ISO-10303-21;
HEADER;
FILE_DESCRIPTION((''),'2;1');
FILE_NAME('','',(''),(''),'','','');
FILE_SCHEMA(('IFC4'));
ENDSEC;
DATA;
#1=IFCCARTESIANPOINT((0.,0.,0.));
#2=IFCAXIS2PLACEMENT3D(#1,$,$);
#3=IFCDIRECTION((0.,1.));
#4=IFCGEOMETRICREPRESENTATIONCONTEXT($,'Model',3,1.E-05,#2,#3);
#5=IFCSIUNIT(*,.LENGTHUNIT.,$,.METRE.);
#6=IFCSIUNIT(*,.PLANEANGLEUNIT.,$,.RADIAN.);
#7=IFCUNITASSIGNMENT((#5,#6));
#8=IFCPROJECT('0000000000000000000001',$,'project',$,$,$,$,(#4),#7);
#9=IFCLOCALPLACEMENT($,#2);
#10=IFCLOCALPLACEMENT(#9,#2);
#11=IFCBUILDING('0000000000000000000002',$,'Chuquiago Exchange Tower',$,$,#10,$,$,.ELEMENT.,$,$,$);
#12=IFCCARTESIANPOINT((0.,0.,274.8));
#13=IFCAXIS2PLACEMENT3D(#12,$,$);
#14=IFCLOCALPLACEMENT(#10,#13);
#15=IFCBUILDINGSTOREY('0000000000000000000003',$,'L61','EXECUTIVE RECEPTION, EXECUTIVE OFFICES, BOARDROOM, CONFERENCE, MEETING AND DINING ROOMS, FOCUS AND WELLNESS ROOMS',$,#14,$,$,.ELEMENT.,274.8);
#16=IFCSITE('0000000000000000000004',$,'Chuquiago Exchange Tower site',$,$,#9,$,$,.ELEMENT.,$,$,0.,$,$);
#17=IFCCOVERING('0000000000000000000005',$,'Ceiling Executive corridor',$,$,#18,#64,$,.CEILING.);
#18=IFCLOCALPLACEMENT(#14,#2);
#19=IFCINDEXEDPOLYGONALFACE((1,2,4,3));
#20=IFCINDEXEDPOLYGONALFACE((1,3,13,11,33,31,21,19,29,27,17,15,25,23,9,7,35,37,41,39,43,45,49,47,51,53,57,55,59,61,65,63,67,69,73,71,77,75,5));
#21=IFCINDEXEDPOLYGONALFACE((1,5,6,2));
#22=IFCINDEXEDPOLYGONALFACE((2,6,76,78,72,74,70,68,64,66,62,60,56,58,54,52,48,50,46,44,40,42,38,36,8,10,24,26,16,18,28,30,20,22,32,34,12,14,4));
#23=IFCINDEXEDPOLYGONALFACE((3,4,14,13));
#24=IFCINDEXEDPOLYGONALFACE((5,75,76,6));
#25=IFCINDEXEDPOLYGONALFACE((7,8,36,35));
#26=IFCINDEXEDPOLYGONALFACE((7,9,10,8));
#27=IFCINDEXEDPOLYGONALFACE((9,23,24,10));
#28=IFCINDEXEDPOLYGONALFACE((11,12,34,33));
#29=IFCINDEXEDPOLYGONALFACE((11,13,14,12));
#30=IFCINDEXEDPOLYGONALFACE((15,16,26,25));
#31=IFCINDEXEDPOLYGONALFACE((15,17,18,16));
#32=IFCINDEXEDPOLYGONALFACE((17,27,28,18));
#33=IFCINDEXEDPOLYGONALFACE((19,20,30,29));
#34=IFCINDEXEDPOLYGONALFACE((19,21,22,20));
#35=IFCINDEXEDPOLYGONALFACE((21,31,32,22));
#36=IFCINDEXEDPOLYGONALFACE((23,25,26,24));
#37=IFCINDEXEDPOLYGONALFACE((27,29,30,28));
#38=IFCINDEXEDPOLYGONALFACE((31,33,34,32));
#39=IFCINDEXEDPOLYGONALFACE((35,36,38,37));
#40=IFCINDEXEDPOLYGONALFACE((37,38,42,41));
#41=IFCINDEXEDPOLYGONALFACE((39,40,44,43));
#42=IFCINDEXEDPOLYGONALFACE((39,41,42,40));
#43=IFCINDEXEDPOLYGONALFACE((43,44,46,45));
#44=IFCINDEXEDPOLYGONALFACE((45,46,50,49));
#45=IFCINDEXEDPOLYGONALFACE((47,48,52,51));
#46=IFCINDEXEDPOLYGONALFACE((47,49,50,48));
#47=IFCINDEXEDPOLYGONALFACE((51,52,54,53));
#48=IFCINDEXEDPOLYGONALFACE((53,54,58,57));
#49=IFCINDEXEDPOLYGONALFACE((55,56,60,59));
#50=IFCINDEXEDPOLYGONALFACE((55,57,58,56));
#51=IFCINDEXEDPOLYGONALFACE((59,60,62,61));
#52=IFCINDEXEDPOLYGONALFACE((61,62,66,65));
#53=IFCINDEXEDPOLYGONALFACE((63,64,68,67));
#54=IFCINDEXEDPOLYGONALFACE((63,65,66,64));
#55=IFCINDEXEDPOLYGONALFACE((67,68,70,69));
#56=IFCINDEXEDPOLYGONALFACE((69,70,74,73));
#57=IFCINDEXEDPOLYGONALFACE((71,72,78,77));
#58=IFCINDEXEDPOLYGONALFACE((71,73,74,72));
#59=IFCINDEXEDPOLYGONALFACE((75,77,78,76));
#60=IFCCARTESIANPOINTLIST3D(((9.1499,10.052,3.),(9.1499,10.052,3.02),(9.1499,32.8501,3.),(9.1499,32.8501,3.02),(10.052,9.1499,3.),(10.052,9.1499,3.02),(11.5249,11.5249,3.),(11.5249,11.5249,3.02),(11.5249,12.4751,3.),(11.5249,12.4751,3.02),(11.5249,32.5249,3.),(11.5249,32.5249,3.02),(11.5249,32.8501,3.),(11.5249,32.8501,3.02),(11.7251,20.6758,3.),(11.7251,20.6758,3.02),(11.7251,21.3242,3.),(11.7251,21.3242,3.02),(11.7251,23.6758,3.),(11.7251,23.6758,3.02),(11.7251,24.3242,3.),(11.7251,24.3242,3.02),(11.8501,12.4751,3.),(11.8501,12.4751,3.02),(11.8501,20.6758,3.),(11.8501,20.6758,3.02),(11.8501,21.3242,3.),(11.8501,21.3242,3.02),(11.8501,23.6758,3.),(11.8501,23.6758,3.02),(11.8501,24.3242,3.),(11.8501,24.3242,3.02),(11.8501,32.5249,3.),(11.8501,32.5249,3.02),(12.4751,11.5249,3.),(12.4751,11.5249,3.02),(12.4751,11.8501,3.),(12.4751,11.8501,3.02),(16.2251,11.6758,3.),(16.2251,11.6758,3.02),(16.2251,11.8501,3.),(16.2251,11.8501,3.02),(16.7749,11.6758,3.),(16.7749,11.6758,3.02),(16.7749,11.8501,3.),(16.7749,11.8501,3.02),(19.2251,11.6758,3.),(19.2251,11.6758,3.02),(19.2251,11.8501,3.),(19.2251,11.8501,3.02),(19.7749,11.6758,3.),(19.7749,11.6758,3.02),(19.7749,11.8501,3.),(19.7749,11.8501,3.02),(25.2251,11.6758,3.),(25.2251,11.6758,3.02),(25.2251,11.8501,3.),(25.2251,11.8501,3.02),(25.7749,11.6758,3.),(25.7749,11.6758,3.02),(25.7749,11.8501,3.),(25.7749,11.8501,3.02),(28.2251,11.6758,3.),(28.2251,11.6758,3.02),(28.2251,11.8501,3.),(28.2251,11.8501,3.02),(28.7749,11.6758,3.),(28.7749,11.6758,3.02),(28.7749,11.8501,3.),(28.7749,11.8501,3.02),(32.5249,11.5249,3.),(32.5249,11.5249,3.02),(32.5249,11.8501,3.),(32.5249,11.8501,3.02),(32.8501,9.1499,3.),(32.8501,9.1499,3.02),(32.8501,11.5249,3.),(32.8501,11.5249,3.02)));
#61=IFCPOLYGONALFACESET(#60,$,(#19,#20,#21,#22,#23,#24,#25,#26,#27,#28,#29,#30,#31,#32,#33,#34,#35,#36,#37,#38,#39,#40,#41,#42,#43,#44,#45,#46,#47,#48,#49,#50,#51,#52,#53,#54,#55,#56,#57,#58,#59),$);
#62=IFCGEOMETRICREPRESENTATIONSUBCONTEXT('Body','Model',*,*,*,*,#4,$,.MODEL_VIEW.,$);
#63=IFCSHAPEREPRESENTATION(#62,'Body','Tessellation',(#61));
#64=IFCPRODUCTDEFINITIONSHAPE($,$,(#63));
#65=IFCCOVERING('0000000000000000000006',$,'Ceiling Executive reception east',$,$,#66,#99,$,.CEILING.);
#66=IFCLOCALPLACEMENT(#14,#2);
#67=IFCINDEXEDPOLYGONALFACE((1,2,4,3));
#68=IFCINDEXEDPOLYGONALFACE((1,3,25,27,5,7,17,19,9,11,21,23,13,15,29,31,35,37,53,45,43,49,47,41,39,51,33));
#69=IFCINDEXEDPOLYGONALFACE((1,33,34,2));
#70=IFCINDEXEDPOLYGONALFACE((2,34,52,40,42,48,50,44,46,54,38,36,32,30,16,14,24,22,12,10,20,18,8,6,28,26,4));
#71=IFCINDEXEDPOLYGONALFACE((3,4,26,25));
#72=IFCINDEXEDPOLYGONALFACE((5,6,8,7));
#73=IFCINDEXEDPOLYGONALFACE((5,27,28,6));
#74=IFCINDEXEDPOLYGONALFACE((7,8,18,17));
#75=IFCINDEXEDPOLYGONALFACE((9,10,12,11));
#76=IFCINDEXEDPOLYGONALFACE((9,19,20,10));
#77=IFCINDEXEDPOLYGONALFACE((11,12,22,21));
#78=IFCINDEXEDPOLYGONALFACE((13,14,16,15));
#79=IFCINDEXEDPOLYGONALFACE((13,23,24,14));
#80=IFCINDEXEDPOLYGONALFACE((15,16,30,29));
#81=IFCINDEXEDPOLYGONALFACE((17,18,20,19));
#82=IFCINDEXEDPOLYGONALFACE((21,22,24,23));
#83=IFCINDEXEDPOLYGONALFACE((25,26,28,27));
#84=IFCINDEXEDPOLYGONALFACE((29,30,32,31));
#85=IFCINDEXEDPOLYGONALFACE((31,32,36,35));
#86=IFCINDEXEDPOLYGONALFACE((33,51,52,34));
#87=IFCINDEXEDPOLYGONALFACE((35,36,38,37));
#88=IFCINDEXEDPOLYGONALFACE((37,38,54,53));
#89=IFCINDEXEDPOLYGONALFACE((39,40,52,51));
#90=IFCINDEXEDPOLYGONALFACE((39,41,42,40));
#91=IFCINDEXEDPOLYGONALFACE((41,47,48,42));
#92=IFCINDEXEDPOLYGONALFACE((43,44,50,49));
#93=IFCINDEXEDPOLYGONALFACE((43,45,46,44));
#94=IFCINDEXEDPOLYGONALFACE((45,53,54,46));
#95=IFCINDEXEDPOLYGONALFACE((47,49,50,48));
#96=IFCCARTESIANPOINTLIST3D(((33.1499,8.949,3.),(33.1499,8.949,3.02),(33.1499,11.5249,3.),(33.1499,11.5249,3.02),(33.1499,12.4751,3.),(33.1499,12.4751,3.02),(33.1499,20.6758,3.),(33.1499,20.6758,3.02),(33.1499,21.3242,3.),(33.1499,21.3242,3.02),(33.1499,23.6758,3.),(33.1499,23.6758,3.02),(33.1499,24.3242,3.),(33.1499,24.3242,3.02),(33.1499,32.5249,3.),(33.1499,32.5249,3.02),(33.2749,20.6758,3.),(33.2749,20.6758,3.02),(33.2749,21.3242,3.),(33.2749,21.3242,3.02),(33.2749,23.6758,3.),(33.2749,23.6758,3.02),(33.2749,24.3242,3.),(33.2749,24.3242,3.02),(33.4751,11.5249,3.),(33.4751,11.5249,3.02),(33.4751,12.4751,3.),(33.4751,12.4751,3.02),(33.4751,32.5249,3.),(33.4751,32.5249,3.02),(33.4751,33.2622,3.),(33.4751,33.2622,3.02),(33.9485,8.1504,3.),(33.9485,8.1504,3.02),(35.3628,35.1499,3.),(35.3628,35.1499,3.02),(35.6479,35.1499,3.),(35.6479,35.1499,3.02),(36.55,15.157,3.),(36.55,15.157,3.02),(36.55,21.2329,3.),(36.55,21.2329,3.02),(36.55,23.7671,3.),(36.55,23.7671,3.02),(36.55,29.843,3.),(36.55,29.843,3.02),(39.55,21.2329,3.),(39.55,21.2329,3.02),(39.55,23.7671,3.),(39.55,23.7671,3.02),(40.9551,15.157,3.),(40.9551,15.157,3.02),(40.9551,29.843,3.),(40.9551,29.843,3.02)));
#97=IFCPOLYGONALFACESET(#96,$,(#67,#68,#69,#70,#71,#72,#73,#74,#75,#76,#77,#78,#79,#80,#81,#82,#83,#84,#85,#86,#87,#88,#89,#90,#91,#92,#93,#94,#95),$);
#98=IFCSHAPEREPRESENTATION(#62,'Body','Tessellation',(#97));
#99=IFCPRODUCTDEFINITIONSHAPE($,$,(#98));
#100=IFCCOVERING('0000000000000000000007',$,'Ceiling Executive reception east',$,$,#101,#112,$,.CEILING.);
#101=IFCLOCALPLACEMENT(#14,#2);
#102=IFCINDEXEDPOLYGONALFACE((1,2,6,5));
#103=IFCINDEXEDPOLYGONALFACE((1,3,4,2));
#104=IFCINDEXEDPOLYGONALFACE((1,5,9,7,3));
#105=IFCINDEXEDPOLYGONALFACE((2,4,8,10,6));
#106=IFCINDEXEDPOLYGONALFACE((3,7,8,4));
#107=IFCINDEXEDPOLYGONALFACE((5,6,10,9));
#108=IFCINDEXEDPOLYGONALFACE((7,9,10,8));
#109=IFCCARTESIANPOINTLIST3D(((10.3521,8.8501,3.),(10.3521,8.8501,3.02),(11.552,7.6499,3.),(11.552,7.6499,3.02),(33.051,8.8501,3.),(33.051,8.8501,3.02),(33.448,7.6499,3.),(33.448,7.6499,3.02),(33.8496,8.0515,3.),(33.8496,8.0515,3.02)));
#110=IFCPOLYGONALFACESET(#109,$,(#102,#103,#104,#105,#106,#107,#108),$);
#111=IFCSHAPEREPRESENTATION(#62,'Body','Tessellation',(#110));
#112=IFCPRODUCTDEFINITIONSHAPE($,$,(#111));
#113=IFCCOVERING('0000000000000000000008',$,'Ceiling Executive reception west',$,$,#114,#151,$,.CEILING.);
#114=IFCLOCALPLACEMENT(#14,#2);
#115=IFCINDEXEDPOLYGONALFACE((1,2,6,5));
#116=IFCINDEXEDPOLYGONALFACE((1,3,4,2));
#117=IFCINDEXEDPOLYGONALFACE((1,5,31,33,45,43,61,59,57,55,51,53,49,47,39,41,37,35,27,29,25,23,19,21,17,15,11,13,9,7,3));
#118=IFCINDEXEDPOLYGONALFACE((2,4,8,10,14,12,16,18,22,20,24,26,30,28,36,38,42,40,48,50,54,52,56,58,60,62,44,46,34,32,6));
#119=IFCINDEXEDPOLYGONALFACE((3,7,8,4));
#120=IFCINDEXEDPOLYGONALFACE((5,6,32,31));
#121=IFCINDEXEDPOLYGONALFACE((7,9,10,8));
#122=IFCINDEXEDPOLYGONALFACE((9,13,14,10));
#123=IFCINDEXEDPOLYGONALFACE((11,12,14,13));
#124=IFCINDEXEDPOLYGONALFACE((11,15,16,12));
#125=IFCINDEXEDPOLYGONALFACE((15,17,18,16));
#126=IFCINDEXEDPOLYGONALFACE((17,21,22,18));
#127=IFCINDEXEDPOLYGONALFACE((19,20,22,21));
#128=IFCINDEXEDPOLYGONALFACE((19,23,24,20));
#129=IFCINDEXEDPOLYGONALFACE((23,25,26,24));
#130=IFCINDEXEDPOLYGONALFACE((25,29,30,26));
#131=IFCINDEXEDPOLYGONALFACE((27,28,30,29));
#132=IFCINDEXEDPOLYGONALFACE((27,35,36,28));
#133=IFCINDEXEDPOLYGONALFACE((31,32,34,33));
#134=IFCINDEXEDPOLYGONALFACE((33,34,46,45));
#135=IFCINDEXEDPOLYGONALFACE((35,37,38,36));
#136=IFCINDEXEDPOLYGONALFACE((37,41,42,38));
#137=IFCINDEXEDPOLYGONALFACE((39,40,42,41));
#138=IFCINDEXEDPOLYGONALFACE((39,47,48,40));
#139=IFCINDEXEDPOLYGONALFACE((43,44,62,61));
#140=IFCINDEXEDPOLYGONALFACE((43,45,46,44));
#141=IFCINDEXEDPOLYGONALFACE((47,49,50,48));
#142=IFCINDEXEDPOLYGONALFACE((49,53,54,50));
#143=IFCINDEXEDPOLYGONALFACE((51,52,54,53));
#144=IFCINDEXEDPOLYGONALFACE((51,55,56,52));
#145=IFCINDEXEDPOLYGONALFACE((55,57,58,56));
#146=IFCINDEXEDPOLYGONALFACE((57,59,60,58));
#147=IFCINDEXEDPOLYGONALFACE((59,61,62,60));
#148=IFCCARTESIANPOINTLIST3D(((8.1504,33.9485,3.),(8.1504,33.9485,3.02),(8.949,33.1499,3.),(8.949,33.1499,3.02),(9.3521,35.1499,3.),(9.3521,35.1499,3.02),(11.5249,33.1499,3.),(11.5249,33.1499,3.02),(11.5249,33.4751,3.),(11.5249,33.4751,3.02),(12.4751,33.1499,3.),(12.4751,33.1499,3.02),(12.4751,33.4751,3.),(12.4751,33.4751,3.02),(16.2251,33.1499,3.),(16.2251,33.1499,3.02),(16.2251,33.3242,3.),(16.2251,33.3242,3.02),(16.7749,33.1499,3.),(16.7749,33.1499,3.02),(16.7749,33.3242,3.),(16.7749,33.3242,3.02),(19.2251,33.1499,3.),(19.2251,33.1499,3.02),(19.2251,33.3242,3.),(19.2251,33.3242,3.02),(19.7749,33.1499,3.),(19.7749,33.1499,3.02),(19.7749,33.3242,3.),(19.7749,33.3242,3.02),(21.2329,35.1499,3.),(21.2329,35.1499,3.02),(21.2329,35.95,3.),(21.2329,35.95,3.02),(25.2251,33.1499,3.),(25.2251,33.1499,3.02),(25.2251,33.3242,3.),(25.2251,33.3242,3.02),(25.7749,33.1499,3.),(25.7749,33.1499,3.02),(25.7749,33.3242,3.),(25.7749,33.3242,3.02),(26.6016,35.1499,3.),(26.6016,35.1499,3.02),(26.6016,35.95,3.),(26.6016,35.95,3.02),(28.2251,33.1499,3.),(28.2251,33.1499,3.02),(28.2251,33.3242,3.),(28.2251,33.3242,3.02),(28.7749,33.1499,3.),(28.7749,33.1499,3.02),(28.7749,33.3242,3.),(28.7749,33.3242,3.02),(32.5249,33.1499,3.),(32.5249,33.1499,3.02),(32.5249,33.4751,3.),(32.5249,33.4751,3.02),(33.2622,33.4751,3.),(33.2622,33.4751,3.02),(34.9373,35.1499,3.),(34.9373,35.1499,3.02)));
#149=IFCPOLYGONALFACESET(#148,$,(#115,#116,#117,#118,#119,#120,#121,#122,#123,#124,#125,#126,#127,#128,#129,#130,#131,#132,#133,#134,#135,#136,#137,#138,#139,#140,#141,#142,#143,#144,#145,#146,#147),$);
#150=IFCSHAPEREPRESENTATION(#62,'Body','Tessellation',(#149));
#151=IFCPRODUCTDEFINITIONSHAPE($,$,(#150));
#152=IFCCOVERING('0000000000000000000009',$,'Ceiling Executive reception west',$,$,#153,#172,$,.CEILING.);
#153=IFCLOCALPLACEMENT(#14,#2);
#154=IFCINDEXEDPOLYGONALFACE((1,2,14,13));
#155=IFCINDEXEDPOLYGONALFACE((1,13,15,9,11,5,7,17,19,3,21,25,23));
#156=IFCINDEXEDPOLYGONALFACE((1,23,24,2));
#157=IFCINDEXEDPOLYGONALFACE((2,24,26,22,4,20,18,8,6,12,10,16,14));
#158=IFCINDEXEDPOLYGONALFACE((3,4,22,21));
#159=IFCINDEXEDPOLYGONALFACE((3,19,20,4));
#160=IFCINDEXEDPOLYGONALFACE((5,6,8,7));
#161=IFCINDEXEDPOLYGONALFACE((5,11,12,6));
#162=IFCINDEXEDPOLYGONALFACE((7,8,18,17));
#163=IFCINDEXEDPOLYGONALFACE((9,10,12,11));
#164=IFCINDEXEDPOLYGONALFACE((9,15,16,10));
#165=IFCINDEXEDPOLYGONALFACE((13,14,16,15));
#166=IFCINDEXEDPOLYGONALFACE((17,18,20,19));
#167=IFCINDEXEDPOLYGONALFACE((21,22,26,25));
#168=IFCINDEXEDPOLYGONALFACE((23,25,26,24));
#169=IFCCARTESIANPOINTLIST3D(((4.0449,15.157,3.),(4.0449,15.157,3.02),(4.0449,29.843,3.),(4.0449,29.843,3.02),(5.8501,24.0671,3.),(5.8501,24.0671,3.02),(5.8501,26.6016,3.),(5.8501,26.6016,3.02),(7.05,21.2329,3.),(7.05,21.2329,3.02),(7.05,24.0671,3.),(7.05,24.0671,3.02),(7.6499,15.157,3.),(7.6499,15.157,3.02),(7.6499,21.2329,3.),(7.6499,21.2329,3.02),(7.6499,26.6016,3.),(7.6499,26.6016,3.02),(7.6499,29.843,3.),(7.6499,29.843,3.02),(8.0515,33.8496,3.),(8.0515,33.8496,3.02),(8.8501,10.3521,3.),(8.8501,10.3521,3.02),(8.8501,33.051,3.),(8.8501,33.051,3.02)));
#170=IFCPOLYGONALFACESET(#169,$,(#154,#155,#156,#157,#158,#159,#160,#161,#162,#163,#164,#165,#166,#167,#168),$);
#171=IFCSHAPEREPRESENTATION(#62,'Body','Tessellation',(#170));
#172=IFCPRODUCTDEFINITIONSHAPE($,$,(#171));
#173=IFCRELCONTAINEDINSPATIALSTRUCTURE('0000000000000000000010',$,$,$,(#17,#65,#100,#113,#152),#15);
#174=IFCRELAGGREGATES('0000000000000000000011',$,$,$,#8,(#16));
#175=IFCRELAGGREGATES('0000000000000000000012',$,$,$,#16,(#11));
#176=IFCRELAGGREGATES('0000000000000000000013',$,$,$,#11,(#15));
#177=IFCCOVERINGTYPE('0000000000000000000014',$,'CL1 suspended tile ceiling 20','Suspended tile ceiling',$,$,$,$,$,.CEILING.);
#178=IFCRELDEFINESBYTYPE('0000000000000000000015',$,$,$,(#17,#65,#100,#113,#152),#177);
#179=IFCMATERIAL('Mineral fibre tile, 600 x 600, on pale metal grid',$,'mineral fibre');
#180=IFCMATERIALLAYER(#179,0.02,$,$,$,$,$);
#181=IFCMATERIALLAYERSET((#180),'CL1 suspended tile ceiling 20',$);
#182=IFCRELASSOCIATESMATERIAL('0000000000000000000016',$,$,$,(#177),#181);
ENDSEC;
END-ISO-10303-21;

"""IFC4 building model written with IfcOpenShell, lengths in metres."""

from ifc_helpers import new_model, si_unit, direction, frame, origin, place, context, subcontext, project, spatial, polyline, outline, extrude, material, layer, layer_set, type_object, element, save


model = new_model("IFC4")

# Units and contexts
model_context = context("Model", 3, precision=1e-05, world=origin(), true_north=direction((0.0, 1.0)))
body_context = subcontext(model_context, "Body", "Model", "MODEL_VIEW")
ifc_project = project(units=[si_unit("LENGTHUNIT", "METRE"), si_unit("PLANEANGLEUNIT", "RADIAN")], contexts=[model_context])

# Site, building, storey
site_placement = place(None, origin())
site = spatial("IfcSite", under=ifc_project, at=site_placement, Name="Chuquiago Exchange Tower site", CompositionType="ELEMENT", RefElevation=0.0)
building_placement = place(site_placement, origin())
building = spatial("IfcBuilding", under=site, at=building_placement, Name="Chuquiago Exchange Tower", CompositionType="ELEMENT")
storey_placement = place(building_placement, frame((0.0, 0.0, 274.8)))
storey = spatial("IfcBuildingStorey", under=building, at=storey_placement, Name="L61", Description="EXECUTIVE RECEPTION, EXECUTIVE OFFICES, BOARDROOM, CONFERENCE, MEETING AND DINING ROOMS, FOCUS AND WELLNESS ROOMS", CompositionType="ELEMENT", Elevation=274.8)

# Coverings
ifc_material_1 = material(Name="Mineral fibre tile, 600 x 600, on pale metal grid", Category="mineral fibre")
ifc_layer_1 = layer(ifc_material_1, 0.02)
ifc_layer_set_1 = layer_set([ifc_layer_1], Name="CL1 suspended tile ceiling 20")
covering_type_1 = type_object("IfcCoveringType", Name="CL1 suspended tile ceiling 20", Description="Suspended tile ceiling", PredefinedType="CEILING", material=ifc_layer_set_1)
covering_1_placement = place(storey_placement, frame((0.0, 0.0, 3.0)))
element("IfcCovering", 1, at=covering_1_placement, inside=storey, type_object=covering_type_1, Name="Ceiling Executive corridor", PredefinedType="CEILING", context=body_context, shape_type="SweptSolid", body=[
    extrude(outline(polyline([(9.1499, 32.8501), (11.5249, 32.8501), (11.5249, 32.5249), (11.8501, 32.5249), (11.8501, 24.3242), (11.7251, 24.3242), (11.7251, 23.6758), (11.8501, 23.6758), (11.8501, 21.3242), (11.7251, 21.3242), (11.7251, 20.6758), (11.8501, 20.6758), (11.8501, 12.4751), (11.5249, 12.4751), (11.5249, 11.5249), (12.4751, 11.5249), (12.4751, 11.8501), (16.2251, 11.8501), (16.2251, 11.6758), (16.7749, 11.6758), (16.7749, 11.8501), (19.2251, 11.8501), (19.2251, 11.6758), (19.7749, 11.6758), (19.7749, 11.8501), (25.2251, 11.8501), (25.2251, 11.6758), (25.7749, 11.6758), (25.7749, 11.8501), (28.2251, 11.8501), (28.2251, 11.6758), (28.7749, 11.6758), (28.7749, 11.8501), (32.5249, 11.8501), (32.5249, 11.5249), (32.8501, 11.5249), (32.8501, 9.1499), (10.052, 9.1499), (9.1499, 10.052), (9.1499, 32.8501)])), origin(), (0.0, 0.0, 1.0), 0.02),
])
covering_2_placement = place(storey_placement, frame((0.0, 0.0, 3.0)))
element("IfcCovering", 2, at=covering_2_placement, inside=storey, type_object=covering_type_1, Name="Ceiling Executive reception east", PredefinedType="CEILING", context=body_context, shape_type="SweptSolid", body=[
    extrude(outline(polyline([(33.1499, 11.5249), (33.4751, 11.5249), (33.4751, 12.4751), (33.1499, 12.4751), (33.1499, 20.6758), (33.2749, 20.6758), (33.2749, 21.3242), (33.1499, 21.3242), (33.1499, 23.6758), (33.2749, 23.6758), (33.2749, 24.3242), (33.1499, 24.3242), (33.1499, 32.5249), (33.4751, 32.5249), (33.4751, 33.2622), (35.3628, 35.1499), (35.6479, 35.1499), (40.9551, 29.843), (36.55, 29.843), (36.55, 23.7671), (39.55, 23.7671), (39.55, 21.2329), (36.55, 21.2329), (36.55, 15.157), (40.9551, 15.157), (33.9485, 8.1504), (33.1499, 8.949), (33.1499, 11.5249)])), origin(), (0.0, 0.0, 1.0), 0.02),
])
covering_3_placement = place(storey_placement, frame((0.0, 0.0, 3.0)))
element("IfcCovering", 3, at=covering_3_placement, inside=storey, type_object=covering_type_1, Name="Ceiling Executive reception east", PredefinedType="CEILING", context=body_context, shape_type="SweptSolid", body=[
    extrude(outline(polyline([(10.3521, 8.8501), (33.051, 8.8501), (33.8496, 8.0515), (33.448, 7.6499), (11.552, 7.6499), (10.3521, 8.8501)])), origin(), (0.0, 0.0, 1.0), 0.02),
])
covering_4_placement = place(storey_placement, frame((0.0, 0.0, 3.0)))
element("IfcCovering", 4, at=covering_4_placement, inside=storey, type_object=covering_type_1, Name="Ceiling Executive reception west", PredefinedType="CEILING", context=body_context, shape_type="SweptSolid", body=[
    extrude(outline(polyline([(9.3521, 35.1499), (21.2329, 35.1499), (21.2329, 35.95), (26.6016, 35.95), (26.6016, 35.1499), (34.9373, 35.1499), (33.2622, 33.4751), (32.5249, 33.4751), (32.5249, 33.1499), (28.7749, 33.1499), (28.7749, 33.3242), (28.2251, 33.3242), (28.2251, 33.1499), (25.7749, 33.1499), (25.7749, 33.3242), (25.2251, 33.3242), (25.2251, 33.1499), (19.7749, 33.1499), (19.7749, 33.3242), (19.2251, 33.3242), (19.2251, 33.1499), (16.7749, 33.1499), (16.7749, 33.3242), (16.2251, 33.3242), (16.2251, 33.1499), (12.4751, 33.1499), (12.4751, 33.4751), (11.5249, 33.4751), (11.5249, 33.1499), (8.949, 33.1499), (8.1504, 33.9485), (9.3521, 35.1499)])), origin(), (0.0, 0.0, 1.0), 0.02),
])
covering_5_placement = place(storey_placement, frame((0.0, 0.0, 3.0)))
element("IfcCovering", 5, at=covering_5_placement, inside=storey, type_object=covering_type_1, Name="Ceiling Executive reception west", PredefinedType="CEILING", context=body_context, shape_type="SweptSolid", body=[
    extrude(outline(polyline([(8.0515, 33.8496), (8.8501, 33.051), (8.8501, 10.3521), (4.0449, 15.157), (7.6499, 15.157), (7.6499, 21.2329), (7.05, 21.2329), (7.05, 24.0671), (5.8501, 24.0671), (5.8501, 26.6016), (7.6499, 26.6016), (7.6499, 29.843), (4.0449, 29.843), (8.0515, 33.8496)])), origin(), (0.0, 0.0, 1.0), 0.02),
])

save(model, "model.ifc")
